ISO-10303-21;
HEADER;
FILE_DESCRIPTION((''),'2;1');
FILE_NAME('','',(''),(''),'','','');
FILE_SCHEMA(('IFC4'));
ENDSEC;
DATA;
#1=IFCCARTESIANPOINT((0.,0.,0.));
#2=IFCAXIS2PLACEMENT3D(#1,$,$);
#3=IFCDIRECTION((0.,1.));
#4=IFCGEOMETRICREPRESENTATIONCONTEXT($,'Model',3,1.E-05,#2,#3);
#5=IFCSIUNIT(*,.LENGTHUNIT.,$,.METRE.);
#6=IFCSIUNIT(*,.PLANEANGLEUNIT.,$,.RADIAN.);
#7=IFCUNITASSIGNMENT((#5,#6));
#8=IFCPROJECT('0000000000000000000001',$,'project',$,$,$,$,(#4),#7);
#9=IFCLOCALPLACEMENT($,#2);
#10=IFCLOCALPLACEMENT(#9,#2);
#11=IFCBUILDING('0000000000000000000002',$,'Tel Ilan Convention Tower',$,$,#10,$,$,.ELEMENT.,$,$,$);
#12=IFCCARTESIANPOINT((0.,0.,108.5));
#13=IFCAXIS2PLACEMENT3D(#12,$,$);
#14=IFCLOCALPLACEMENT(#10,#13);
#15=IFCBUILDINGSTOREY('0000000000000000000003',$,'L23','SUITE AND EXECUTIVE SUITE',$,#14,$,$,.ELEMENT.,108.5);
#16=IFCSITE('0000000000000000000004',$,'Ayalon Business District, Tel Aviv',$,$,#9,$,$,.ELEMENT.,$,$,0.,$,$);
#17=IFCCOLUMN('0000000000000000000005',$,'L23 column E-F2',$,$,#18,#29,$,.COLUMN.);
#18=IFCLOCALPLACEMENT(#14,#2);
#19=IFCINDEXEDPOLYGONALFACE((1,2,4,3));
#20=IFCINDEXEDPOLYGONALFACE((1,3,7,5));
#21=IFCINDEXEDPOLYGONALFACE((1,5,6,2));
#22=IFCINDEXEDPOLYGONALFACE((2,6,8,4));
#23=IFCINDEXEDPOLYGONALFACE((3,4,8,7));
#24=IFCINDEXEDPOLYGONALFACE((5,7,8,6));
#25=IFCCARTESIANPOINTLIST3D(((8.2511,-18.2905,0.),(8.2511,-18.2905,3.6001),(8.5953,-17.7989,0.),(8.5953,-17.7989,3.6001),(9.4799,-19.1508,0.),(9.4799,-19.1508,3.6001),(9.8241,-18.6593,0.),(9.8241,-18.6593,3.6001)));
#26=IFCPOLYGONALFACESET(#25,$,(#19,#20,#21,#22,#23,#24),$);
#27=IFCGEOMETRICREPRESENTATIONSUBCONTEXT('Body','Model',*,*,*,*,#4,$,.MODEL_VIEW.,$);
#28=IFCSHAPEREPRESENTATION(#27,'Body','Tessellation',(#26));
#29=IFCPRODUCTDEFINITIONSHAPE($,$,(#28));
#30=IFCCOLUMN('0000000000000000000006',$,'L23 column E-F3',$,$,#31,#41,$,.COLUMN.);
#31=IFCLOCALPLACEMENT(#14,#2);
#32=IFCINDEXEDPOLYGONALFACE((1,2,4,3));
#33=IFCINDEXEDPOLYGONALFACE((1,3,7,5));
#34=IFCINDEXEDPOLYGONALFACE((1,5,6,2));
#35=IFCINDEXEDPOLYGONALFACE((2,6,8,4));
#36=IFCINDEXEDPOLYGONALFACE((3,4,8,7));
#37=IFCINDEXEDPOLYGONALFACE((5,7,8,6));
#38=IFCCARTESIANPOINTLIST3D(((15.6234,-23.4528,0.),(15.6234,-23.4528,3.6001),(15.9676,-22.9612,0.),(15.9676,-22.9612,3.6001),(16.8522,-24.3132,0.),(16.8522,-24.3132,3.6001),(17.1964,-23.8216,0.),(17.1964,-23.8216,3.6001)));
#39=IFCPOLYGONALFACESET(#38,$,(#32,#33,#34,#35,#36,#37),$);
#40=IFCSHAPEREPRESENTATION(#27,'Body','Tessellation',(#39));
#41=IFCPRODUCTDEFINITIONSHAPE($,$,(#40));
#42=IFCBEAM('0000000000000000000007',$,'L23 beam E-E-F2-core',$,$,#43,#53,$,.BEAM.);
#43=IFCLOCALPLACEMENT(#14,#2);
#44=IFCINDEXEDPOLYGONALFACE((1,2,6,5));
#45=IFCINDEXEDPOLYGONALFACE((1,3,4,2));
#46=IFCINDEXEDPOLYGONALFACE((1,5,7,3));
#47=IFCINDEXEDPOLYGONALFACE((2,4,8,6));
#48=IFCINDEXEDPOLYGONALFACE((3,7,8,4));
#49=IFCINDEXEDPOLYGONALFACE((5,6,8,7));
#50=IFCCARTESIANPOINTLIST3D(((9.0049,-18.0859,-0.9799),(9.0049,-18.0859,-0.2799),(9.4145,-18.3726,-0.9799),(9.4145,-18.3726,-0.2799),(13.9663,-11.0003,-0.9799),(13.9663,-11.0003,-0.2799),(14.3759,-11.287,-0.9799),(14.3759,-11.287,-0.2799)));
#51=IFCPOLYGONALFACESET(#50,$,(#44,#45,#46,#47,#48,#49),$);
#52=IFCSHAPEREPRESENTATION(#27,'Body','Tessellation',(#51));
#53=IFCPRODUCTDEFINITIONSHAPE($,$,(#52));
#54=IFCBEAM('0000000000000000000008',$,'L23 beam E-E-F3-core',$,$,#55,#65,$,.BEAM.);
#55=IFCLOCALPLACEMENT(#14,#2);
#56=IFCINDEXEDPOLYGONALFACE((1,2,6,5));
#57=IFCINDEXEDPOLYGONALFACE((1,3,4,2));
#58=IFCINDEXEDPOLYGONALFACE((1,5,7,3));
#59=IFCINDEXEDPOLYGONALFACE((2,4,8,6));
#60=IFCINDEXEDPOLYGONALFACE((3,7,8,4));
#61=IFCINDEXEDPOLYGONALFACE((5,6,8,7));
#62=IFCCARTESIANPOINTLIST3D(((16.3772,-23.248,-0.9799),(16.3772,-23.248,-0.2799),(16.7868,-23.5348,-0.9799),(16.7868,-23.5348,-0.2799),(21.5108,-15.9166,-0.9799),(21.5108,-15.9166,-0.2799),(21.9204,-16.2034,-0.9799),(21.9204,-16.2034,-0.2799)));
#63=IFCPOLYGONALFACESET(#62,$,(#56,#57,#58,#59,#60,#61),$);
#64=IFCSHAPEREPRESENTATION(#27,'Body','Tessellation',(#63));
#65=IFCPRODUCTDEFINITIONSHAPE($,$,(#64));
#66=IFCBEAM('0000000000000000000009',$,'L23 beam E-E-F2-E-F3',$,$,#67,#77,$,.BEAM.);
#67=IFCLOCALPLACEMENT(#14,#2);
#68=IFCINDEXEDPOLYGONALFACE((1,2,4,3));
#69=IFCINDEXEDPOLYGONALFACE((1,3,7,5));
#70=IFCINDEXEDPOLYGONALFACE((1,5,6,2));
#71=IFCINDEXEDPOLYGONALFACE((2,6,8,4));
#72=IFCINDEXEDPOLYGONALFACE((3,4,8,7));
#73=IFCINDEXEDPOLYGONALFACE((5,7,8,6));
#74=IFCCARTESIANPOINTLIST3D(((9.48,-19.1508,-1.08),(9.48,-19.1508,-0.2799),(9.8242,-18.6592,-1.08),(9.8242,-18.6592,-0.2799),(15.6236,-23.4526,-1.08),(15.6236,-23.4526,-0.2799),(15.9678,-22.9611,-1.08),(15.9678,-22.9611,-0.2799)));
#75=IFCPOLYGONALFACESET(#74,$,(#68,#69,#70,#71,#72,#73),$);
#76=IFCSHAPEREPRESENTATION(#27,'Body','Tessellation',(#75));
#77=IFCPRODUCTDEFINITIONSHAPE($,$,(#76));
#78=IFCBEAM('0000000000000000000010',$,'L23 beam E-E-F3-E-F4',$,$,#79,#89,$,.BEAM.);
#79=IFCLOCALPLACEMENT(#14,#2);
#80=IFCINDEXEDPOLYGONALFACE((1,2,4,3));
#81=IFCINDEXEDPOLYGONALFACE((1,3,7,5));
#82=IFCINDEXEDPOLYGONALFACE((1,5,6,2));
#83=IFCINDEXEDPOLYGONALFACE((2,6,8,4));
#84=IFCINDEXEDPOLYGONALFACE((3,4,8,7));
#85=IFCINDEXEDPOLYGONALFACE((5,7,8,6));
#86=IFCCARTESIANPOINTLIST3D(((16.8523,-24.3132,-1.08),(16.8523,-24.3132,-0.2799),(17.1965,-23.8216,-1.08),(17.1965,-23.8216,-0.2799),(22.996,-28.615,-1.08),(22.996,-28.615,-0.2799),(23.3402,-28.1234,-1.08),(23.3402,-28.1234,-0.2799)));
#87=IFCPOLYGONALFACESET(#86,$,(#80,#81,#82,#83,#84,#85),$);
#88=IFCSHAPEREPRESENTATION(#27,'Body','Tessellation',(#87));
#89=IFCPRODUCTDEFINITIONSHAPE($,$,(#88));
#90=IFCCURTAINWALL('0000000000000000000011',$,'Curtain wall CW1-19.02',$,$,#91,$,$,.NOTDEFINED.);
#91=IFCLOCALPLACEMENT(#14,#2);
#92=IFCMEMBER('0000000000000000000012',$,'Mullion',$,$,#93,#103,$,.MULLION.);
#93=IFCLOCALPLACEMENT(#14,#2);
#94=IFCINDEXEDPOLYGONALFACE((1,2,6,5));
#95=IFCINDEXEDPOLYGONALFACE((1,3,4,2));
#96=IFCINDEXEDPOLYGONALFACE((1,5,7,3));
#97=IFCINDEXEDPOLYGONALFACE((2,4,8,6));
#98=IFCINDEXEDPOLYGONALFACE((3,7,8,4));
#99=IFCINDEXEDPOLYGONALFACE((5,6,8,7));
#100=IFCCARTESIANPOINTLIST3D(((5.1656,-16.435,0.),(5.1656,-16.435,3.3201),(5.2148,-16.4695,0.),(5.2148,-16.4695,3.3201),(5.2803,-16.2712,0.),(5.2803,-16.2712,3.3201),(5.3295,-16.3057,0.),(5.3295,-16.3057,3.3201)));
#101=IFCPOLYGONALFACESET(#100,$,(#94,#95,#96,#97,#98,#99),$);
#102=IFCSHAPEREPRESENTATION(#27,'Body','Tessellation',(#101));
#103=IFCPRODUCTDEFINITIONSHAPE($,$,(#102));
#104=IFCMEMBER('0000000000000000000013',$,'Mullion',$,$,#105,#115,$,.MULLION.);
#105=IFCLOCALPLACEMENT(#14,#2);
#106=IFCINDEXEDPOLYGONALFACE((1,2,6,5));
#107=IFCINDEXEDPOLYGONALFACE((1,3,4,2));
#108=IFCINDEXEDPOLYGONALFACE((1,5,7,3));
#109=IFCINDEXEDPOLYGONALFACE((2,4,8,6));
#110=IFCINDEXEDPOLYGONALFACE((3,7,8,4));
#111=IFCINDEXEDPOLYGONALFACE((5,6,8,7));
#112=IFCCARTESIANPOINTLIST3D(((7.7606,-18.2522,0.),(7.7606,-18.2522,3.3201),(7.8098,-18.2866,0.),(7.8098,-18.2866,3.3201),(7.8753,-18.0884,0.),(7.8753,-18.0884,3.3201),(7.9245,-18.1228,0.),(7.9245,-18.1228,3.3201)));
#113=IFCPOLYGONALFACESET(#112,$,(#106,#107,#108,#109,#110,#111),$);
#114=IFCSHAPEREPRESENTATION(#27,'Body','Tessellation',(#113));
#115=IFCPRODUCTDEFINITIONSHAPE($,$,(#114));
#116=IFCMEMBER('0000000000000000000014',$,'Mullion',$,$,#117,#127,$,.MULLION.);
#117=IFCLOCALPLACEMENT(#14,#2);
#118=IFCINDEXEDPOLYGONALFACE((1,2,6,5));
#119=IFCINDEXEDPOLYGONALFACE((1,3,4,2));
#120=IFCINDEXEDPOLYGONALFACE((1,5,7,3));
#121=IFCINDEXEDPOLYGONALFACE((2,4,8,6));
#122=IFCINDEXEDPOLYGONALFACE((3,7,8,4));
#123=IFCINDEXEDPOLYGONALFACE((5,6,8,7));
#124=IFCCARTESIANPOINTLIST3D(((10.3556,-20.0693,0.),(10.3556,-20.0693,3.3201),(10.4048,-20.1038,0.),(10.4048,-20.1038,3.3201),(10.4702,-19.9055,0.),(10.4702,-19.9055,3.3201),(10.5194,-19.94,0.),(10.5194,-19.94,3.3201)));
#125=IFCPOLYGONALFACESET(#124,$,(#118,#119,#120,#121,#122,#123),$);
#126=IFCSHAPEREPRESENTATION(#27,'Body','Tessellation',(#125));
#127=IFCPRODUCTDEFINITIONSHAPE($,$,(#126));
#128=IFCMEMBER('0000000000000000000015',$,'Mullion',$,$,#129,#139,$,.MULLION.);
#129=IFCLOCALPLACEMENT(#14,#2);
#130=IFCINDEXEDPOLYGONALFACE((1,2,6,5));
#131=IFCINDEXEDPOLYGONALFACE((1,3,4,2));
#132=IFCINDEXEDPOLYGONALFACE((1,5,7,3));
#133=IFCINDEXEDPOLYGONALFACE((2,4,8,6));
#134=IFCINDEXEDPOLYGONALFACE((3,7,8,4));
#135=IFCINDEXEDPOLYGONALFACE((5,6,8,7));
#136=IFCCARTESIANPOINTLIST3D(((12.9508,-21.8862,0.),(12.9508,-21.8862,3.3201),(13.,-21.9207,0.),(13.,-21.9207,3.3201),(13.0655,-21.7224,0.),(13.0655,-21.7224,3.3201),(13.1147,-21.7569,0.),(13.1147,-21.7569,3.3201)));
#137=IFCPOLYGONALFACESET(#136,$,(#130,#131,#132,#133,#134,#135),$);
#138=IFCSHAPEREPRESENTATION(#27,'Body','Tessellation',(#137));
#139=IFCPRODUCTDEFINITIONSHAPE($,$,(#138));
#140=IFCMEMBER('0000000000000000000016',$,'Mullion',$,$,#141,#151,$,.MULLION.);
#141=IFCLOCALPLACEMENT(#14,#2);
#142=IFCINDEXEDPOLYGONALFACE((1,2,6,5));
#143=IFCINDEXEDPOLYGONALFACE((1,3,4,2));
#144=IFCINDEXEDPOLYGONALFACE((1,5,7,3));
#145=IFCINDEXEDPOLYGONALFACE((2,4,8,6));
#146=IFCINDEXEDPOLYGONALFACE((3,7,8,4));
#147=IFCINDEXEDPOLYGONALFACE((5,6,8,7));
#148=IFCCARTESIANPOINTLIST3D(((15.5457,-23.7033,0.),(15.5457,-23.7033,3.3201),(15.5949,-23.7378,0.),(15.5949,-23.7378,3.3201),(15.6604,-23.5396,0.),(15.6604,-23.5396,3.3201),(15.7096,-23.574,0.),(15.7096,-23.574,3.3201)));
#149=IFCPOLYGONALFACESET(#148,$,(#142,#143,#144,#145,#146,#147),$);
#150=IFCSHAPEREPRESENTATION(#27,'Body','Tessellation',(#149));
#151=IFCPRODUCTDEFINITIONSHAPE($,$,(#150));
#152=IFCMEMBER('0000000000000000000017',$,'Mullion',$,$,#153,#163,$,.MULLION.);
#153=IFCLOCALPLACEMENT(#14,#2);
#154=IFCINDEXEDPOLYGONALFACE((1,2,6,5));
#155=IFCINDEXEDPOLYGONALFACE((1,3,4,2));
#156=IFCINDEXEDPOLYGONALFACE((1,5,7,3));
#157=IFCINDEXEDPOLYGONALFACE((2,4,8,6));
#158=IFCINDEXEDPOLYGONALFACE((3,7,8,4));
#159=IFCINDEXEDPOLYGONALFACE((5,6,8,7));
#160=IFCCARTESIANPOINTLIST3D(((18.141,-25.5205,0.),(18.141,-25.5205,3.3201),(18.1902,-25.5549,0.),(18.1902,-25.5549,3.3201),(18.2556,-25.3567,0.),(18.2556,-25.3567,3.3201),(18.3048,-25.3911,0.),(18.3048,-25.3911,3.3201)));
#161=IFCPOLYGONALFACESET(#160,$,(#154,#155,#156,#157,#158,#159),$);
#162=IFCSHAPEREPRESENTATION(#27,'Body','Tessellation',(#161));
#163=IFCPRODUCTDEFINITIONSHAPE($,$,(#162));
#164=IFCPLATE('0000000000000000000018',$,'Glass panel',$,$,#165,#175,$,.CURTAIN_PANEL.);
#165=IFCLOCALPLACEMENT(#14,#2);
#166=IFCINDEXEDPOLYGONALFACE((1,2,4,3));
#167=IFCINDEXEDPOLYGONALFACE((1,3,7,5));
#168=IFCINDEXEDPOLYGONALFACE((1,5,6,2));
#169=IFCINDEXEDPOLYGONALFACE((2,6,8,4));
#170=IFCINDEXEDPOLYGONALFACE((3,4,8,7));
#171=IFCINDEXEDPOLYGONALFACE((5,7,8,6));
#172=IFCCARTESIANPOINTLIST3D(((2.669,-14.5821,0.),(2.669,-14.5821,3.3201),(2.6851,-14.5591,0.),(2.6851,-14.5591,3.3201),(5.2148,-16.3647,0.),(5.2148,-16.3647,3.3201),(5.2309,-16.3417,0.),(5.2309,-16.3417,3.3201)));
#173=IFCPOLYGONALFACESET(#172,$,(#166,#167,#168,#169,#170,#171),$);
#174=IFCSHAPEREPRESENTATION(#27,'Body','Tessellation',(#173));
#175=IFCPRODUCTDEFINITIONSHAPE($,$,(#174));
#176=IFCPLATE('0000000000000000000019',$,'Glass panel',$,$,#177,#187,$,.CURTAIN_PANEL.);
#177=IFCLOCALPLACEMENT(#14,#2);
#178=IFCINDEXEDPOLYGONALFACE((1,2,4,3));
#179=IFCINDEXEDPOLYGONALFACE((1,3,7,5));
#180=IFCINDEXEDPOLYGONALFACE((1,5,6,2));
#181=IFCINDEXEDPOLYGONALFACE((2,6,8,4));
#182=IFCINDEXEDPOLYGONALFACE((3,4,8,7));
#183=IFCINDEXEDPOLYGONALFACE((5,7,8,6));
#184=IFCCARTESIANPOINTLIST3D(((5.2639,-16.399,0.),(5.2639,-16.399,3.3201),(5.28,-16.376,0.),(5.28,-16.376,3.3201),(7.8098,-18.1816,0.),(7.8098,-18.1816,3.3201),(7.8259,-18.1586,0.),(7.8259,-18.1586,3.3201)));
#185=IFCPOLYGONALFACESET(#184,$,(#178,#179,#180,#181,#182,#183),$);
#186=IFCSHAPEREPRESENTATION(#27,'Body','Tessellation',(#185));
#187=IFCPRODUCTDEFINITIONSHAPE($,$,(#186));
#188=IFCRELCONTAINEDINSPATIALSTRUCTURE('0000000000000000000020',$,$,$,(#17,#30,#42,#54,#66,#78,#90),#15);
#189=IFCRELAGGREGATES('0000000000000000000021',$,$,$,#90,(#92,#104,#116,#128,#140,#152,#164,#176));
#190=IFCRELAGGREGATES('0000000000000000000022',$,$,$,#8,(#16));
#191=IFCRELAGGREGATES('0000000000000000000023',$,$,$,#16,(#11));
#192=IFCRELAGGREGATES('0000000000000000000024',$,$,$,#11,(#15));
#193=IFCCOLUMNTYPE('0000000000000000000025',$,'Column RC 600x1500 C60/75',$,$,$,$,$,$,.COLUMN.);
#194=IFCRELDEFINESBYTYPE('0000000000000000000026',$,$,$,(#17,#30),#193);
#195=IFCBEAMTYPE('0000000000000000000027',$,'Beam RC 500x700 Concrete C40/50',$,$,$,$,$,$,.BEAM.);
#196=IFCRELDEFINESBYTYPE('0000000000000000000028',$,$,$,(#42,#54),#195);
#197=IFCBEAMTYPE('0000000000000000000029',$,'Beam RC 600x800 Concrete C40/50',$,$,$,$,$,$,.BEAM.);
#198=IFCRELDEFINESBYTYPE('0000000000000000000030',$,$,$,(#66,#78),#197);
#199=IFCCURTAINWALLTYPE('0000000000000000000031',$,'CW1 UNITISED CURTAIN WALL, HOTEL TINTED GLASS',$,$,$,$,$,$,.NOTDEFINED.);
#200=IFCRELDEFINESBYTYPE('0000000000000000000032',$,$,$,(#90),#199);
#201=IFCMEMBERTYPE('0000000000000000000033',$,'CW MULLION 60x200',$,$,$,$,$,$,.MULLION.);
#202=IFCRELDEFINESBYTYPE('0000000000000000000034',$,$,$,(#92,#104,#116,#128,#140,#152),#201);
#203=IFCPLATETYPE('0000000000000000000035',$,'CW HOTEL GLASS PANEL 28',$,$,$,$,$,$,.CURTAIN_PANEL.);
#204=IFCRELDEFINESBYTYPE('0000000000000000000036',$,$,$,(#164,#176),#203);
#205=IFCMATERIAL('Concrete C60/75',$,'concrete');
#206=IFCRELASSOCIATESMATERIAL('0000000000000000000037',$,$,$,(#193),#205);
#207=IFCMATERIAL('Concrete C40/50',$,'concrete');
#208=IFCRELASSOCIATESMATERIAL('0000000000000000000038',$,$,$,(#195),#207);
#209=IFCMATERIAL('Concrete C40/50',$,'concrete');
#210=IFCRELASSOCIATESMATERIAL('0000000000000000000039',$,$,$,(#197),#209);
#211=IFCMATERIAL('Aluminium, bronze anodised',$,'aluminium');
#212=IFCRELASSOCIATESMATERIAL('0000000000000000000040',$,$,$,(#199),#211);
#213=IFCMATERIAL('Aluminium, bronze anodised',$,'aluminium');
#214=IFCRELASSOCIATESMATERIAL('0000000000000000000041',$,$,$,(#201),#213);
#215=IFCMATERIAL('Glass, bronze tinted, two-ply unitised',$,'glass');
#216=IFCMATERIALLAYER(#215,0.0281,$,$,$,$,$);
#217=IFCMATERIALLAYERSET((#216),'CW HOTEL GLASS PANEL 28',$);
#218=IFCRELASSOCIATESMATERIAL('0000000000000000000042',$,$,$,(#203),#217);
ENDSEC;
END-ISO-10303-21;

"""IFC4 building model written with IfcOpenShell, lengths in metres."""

from ifc_helpers import new_model, si_unit, direction, frame, origin, origin_2d, place, context, subcontext, project, spatial, rectangle, extrude, material, layer, layer_set, material_profile, profile_set, type_object, element, aggregate, save


model = new_model("IFC4")

# Units and contexts
model_context = context("Model", 3, precision=1e-05, world=origin(), true_north=direction((0.0, 1.0)))
body_context = subcontext(model_context, "Body", "Model", "MODEL_VIEW")
ifc_project = project(units=[si_unit("LENGTHUNIT", "METRE"), si_unit("PLANEANGLEUNIT", "RADIAN")], contexts=[model_context])

# Site, building, storey
site_placement = place(None, origin())
site = spatial("IfcSite", under=ifc_project, at=site_placement, Name="Ayalon Business District, Tel Aviv", CompositionType="ELEMENT", RefElevation=0.0)
building_placement = place(site_placement, origin())
building = spatial("IfcBuilding", under=site, at=building_placement, Name="Tel Ilan Convention Tower", CompositionType="ELEMENT")
storey_placement = place(building_placement, frame((0.0, 0.0, 108.5)))
storey = spatial("IfcBuildingStorey", under=building, at=storey_placement, Name="L23", Description="SUITE AND EXECUTIVE SUITE", CompositionType="ELEMENT", Elevation=108.5)

# Columns
ifc_material_1 = material(Name="Concrete C60/75", Category="concrete")
ifc_material_profile_1 = material_profile(ifc_material_1, rectangle(XDim=1.5, YDim=0.6001, at=origin_2d()), Name="RC 600x1500")
ifc_profile_set_1 = profile_set([ifc_material_profile_1], Name="Concrete C60/75")
column_type = type_object("IfcColumnType", Name="Column RC 600x1500 C60/75", PredefinedType="COLUMN", material=ifc_profile_set_1)
for number, where, z_axis, x_axis, name in (
    (1, (9.0376, -18.4749, 0.0), (0.0, 0.0, 1.0), (0.819152, -0.573576, 0.0), "L23 column E-F2"),
    (2, (16.4099, -23.6372, 0.0), (0.0, 0.0, 1.0), (0.819152, -0.573576, 0.0), "L23 column E-F3"),
):
    element("IfcColumn", number, at=place(storey_placement, frame(where, z_axis=z_axis, x_axis=x_axis)), inside=storey, type_object=column_type, Name=name, PredefinedType="COLUMN", context=body_context, shape_type="SweptSolid", body=[
        extrude(rectangle(XDim=1.5, YDim=0.6001, at=origin_2d()), origin(), (0.0, 0.0, 1.0), 3.6001),
    ])

# Beams
ifc_material_2 = material(Name="Concrete C40/50", Category="concrete")
ifc_material_profile_2 = material_profile(ifc_material_2, rectangle(XDim=0.5, YDim=0.7, at=origin_2d()), Name="RC 500x700")
ifc_profile_set_2 = profile_set([ifc_material_profile_2], Name="Concrete C40/50")
beam_type_1 = type_object("IfcBeamType", Name="Beam RC 500x700 Concrete C40/50", PredefinedType="BEAM", material=ifc_profile_set_2)
beam_1_placement = place(storey_placement, frame((9.2097, -18.2292, -0.6299), z_axis=(0.573574, 0.819154, 0.0), x_axis=(-0.819154, 0.573574, 0.0)))
element("IfcBeam", 3, at=beam_1_placement, inside=storey, type_object=beam_type_1, Name="L23 beam E-E-F2-core", PredefinedType="BEAM", context=body_context, shape_type="SweptSolid", body=[
    extrude(rectangle(XDim=0.5, YDim=0.7, at=origin_2d()), origin(), (0.0, 0.0, 1.0), 8.6499),
])
beam_2_placement = place(storey_placement, frame((16.582, -23.3914, -0.6299), z_axis=(0.573585, 0.819146, 0.0), x_axis=(-0.819146, 0.573585, 0.0)))
element("IfcBeam", 4, at=beam_2_placement, inside=storey, type_object=beam_type_1, Name="L23 beam E-E-F3-core", PredefinedType="BEAM", context=body_context, shape_type="SweptSolid", body=[
    extrude(rectangle(XDim=0.5, YDim=0.7, at=origin_2d()), origin(), (0.0, 0.0, 1.0), 8.95),
])
ifc_material_3 = material(Name="Concrete C40/50", Category="concrete")
ifc_material_profile_3 = material_profile(ifc_material_3, rectangle(XDim=0.6001, YDim=0.8, at=origin_2d()), Name="RC 600x800")
ifc_profile_set_3 = profile_set([ifc_material_profile_3], Name="Concrete C40/50")
beam_type_2 = type_object("IfcBeamType", Name="Beam RC 600x800 Concrete C40/50", PredefinedType="BEAM", material=ifc_profile_set_3)
for number, where, z_axis, x_axis, name in (
    (5, (9.6521, -18.905, -0.6799), (0.819152, -0.573576, 0.0), (0.573576, 0.819152, 0.0), "L23 beam E-E-F2-E-F3"),
    (6, (17.0244, -24.0674, -0.6799), (0.819152, -0.573576, 0.0), (0.573576, 0.819152, 0.0), "L23 beam E-E-F3-E-F4"),
):
    element("IfcBeam", number, at=place(storey_placement, frame(where, z_axis=z_axis, x_axis=x_axis)), inside=storey, type_object=beam_type_2, Name=name, PredefinedType="BEAM", context=body_context, shape_type="SweptSolid", body=[
        extrude(rectangle(XDim=0.6001, YDim=0.8, at=origin_2d()), origin(), (0.0, 0.0, 1.0), 7.5),
    ])

# Curtain wall, members, plates
ifc_material_4 = material(Name="Aluminium, bronze anodised", Category="aluminium")
curtain_wall_type = type_object("IfcCurtainWallType", Name="CW1 UNITISED CURTAIN WALL, HOTEL TINTED GLASS", PredefinedType="NOTDEFINED", material=ifc_material_4)
curtain_wall_placement = place(storey_placement, origin())
curtain_wall = element("IfcCurtainWall", 7, at=curtain_wall_placement, inside=storey, type_object=curtain_wall_type, Name="Curtain wall CW1-19.02", PredefinedType="NOTDEFINED")
ifc_material_5 = material(Name="Aluminium, bronze anodised", Category="aluminium")
ifc_material_profile_4 = material_profile(ifc_material_5, rectangle(XDim=0.0601, YDim=0.2, at=origin_2d()), Name="CW MULLION 60x200")
ifc_profile_set_4 = profile_set([ifc_material_profile_4], Name="Aluminium, bronze anodised")
member_type = type_object("IfcMemberType", Name="CW MULLION 60x200", PredefinedType="MULLION", material=ifc_profile_set_4)
member_1_placement = place(storey_placement, frame((5.2476, -16.3704, 0.0), z_axis=(0.0, 0.0, 1.0), x_axis=(0.819152, -0.573576, 0.0)))
member_1 = element("IfcMember", 8, at=member_1_placement, type_object=member_type, Name="Mullion", PredefinedType="MULLION", context=body_context, shape_type="SweptSolid", body=[
    extrude(rectangle(XDim=0.0601, YDim=0.2, at=origin_2d()), origin(), (0.0, 0.0, 1.0), 3.3201),
])
member_2_placement = place(storey_placement, frame((7.8425, -18.1875, 0.0), z_axis=(0.0, 0.0, 1.0), x_axis=(0.819152, -0.573576, 0.0)))
member_2 = element("IfcMember", 9, at=member_2_placement, type_object=member_type, Name="Mullion", PredefinedType="MULLION", context=body_context, shape_type="SweptSolid", body=[
    extrude(rectangle(XDim=0.0601, YDim=0.2, at=origin_2d()), origin(), (0.0, 0.0, 1.0), 3.3201),
])
member_3_placement = place(storey_placement, frame((10.4375, -20.0046, 0.0), z_axis=(0.0, 0.0, 1.0), x_axis=(0.819152, -0.573576, 0.0)))
member_3 = element("IfcMember", 10, at=member_3_placement, type_object=member_type, Name="Mullion", PredefinedType="MULLION", context=body_context, shape_type="SweptSolid", body=[
    extrude(rectangle(XDim=0.0601, YDim=0.2, at=origin_2d()), origin(), (0.0, 0.0, 1.0), 3.3201),
])
member_4_placement = place(storey_placement, frame((13.0327, -21.8215, 0.0), z_axis=(0.0, 0.0, 1.0), x_axis=(0.819152, -0.573576, 0.0)))
member_4 = element("IfcMember", 11, at=member_4_placement, type_object=member_type, Name="Mullion", PredefinedType="MULLION", context=body_context, shape_type="SweptSolid", body=[
    extrude(rectangle(XDim=0.0601, YDim=0.2, at=origin_2d()), origin(), (0.0, 0.0, 1.0), 3.3201),
])
member_5_placement = place(storey_placement, frame((15.6277, -23.6387, 0.0), z_axis=(0.0, 0.0, 1.0), x_axis=(0.819152, -0.573576, 0.0)))
member_5 = element("IfcMember", 12, at=member_5_placement, type_object=member_type, Name="Mullion", PredefinedType="MULLION", context=body_context, shape_type="SweptSolid", body=[
    extrude(rectangle(XDim=0.0601, YDim=0.2, at=origin_2d()), origin(), (0.0, 0.0, 1.0), 3.3201),
])
member_6_placement = place(storey_placement, frame((18.2229, -25.4558, 0.0), z_axis=(0.0, 0.0, 1.0), x_axis=(0.819152, -0.573576, 0.0)))
member_6 = element("IfcMember", 13, at=member_6_placement, type_object=member_type, Name="Mullion", PredefinedType="MULLION", context=body_context, shape_type="SweptSolid", body=[
    extrude(rectangle(XDim=0.0601, YDim=0.2, at=origin_2d()), origin(), (0.0, 0.0, 1.0), 3.3201),
])
ifc_material_6 = material(Name="Glass, bronze tinted, two-ply unitised", Category="glass")
ifc_layer_1 = layer(ifc_material_6, 0.0281)
ifc_layer_set_1 = layer_set([ifc_layer_1], Name="CW HOTEL GLASS PANEL 28")
plate_type = type_object("IfcPlateType", Name="CW HOTEL GLASS PANEL 28", PredefinedType="CURTAIN_PANEL", material=ifc_layer_set_1)
plate_1_placement = place(storey_placement, frame((3.95, -15.4619, 0.0), z_axis=(0.0, 0.0, 1.0), x_axis=(0.819152, -0.573576, 0.0)))
plate_1 = element("IfcPlate", 14, at=plate_1_placement, type_object=plate_type, Name="Glass panel", PredefinedType="CURTAIN_PANEL", context=body_context, shape_type="SweptSolid", body=[
    extrude(rectangle(XDim=3.1079, YDim=0.0281, at=origin_2d()), origin(), (0.0, 0.0, 1.0), 3.3201),
])
plate_2_placement = place(storey_placement, frame((6.5449, -17.2788, 0.0), z_axis=(0.0, 0.0, 1.0), x_axis=(0.819152, -0.573576, 0.0)))
plate_2 = element("IfcPlate", 15, at=plate_2_placement, type_object=plate_type, Name="Glass panel", PredefinedType="CURTAIN_PANEL", context=body_context, shape_type="SweptSolid", body=[
    extrude(rectangle(XDim=3.1079, YDim=0.0281, at=origin_2d()), origin(), (0.0, 0.0, 1.0), 3.3201),
])
aggregate(curtain_wall, [member_1, member_2, member_3, member_4, member_5, member_6, plate_1, plate_2])

save(model, "model.ifc")
